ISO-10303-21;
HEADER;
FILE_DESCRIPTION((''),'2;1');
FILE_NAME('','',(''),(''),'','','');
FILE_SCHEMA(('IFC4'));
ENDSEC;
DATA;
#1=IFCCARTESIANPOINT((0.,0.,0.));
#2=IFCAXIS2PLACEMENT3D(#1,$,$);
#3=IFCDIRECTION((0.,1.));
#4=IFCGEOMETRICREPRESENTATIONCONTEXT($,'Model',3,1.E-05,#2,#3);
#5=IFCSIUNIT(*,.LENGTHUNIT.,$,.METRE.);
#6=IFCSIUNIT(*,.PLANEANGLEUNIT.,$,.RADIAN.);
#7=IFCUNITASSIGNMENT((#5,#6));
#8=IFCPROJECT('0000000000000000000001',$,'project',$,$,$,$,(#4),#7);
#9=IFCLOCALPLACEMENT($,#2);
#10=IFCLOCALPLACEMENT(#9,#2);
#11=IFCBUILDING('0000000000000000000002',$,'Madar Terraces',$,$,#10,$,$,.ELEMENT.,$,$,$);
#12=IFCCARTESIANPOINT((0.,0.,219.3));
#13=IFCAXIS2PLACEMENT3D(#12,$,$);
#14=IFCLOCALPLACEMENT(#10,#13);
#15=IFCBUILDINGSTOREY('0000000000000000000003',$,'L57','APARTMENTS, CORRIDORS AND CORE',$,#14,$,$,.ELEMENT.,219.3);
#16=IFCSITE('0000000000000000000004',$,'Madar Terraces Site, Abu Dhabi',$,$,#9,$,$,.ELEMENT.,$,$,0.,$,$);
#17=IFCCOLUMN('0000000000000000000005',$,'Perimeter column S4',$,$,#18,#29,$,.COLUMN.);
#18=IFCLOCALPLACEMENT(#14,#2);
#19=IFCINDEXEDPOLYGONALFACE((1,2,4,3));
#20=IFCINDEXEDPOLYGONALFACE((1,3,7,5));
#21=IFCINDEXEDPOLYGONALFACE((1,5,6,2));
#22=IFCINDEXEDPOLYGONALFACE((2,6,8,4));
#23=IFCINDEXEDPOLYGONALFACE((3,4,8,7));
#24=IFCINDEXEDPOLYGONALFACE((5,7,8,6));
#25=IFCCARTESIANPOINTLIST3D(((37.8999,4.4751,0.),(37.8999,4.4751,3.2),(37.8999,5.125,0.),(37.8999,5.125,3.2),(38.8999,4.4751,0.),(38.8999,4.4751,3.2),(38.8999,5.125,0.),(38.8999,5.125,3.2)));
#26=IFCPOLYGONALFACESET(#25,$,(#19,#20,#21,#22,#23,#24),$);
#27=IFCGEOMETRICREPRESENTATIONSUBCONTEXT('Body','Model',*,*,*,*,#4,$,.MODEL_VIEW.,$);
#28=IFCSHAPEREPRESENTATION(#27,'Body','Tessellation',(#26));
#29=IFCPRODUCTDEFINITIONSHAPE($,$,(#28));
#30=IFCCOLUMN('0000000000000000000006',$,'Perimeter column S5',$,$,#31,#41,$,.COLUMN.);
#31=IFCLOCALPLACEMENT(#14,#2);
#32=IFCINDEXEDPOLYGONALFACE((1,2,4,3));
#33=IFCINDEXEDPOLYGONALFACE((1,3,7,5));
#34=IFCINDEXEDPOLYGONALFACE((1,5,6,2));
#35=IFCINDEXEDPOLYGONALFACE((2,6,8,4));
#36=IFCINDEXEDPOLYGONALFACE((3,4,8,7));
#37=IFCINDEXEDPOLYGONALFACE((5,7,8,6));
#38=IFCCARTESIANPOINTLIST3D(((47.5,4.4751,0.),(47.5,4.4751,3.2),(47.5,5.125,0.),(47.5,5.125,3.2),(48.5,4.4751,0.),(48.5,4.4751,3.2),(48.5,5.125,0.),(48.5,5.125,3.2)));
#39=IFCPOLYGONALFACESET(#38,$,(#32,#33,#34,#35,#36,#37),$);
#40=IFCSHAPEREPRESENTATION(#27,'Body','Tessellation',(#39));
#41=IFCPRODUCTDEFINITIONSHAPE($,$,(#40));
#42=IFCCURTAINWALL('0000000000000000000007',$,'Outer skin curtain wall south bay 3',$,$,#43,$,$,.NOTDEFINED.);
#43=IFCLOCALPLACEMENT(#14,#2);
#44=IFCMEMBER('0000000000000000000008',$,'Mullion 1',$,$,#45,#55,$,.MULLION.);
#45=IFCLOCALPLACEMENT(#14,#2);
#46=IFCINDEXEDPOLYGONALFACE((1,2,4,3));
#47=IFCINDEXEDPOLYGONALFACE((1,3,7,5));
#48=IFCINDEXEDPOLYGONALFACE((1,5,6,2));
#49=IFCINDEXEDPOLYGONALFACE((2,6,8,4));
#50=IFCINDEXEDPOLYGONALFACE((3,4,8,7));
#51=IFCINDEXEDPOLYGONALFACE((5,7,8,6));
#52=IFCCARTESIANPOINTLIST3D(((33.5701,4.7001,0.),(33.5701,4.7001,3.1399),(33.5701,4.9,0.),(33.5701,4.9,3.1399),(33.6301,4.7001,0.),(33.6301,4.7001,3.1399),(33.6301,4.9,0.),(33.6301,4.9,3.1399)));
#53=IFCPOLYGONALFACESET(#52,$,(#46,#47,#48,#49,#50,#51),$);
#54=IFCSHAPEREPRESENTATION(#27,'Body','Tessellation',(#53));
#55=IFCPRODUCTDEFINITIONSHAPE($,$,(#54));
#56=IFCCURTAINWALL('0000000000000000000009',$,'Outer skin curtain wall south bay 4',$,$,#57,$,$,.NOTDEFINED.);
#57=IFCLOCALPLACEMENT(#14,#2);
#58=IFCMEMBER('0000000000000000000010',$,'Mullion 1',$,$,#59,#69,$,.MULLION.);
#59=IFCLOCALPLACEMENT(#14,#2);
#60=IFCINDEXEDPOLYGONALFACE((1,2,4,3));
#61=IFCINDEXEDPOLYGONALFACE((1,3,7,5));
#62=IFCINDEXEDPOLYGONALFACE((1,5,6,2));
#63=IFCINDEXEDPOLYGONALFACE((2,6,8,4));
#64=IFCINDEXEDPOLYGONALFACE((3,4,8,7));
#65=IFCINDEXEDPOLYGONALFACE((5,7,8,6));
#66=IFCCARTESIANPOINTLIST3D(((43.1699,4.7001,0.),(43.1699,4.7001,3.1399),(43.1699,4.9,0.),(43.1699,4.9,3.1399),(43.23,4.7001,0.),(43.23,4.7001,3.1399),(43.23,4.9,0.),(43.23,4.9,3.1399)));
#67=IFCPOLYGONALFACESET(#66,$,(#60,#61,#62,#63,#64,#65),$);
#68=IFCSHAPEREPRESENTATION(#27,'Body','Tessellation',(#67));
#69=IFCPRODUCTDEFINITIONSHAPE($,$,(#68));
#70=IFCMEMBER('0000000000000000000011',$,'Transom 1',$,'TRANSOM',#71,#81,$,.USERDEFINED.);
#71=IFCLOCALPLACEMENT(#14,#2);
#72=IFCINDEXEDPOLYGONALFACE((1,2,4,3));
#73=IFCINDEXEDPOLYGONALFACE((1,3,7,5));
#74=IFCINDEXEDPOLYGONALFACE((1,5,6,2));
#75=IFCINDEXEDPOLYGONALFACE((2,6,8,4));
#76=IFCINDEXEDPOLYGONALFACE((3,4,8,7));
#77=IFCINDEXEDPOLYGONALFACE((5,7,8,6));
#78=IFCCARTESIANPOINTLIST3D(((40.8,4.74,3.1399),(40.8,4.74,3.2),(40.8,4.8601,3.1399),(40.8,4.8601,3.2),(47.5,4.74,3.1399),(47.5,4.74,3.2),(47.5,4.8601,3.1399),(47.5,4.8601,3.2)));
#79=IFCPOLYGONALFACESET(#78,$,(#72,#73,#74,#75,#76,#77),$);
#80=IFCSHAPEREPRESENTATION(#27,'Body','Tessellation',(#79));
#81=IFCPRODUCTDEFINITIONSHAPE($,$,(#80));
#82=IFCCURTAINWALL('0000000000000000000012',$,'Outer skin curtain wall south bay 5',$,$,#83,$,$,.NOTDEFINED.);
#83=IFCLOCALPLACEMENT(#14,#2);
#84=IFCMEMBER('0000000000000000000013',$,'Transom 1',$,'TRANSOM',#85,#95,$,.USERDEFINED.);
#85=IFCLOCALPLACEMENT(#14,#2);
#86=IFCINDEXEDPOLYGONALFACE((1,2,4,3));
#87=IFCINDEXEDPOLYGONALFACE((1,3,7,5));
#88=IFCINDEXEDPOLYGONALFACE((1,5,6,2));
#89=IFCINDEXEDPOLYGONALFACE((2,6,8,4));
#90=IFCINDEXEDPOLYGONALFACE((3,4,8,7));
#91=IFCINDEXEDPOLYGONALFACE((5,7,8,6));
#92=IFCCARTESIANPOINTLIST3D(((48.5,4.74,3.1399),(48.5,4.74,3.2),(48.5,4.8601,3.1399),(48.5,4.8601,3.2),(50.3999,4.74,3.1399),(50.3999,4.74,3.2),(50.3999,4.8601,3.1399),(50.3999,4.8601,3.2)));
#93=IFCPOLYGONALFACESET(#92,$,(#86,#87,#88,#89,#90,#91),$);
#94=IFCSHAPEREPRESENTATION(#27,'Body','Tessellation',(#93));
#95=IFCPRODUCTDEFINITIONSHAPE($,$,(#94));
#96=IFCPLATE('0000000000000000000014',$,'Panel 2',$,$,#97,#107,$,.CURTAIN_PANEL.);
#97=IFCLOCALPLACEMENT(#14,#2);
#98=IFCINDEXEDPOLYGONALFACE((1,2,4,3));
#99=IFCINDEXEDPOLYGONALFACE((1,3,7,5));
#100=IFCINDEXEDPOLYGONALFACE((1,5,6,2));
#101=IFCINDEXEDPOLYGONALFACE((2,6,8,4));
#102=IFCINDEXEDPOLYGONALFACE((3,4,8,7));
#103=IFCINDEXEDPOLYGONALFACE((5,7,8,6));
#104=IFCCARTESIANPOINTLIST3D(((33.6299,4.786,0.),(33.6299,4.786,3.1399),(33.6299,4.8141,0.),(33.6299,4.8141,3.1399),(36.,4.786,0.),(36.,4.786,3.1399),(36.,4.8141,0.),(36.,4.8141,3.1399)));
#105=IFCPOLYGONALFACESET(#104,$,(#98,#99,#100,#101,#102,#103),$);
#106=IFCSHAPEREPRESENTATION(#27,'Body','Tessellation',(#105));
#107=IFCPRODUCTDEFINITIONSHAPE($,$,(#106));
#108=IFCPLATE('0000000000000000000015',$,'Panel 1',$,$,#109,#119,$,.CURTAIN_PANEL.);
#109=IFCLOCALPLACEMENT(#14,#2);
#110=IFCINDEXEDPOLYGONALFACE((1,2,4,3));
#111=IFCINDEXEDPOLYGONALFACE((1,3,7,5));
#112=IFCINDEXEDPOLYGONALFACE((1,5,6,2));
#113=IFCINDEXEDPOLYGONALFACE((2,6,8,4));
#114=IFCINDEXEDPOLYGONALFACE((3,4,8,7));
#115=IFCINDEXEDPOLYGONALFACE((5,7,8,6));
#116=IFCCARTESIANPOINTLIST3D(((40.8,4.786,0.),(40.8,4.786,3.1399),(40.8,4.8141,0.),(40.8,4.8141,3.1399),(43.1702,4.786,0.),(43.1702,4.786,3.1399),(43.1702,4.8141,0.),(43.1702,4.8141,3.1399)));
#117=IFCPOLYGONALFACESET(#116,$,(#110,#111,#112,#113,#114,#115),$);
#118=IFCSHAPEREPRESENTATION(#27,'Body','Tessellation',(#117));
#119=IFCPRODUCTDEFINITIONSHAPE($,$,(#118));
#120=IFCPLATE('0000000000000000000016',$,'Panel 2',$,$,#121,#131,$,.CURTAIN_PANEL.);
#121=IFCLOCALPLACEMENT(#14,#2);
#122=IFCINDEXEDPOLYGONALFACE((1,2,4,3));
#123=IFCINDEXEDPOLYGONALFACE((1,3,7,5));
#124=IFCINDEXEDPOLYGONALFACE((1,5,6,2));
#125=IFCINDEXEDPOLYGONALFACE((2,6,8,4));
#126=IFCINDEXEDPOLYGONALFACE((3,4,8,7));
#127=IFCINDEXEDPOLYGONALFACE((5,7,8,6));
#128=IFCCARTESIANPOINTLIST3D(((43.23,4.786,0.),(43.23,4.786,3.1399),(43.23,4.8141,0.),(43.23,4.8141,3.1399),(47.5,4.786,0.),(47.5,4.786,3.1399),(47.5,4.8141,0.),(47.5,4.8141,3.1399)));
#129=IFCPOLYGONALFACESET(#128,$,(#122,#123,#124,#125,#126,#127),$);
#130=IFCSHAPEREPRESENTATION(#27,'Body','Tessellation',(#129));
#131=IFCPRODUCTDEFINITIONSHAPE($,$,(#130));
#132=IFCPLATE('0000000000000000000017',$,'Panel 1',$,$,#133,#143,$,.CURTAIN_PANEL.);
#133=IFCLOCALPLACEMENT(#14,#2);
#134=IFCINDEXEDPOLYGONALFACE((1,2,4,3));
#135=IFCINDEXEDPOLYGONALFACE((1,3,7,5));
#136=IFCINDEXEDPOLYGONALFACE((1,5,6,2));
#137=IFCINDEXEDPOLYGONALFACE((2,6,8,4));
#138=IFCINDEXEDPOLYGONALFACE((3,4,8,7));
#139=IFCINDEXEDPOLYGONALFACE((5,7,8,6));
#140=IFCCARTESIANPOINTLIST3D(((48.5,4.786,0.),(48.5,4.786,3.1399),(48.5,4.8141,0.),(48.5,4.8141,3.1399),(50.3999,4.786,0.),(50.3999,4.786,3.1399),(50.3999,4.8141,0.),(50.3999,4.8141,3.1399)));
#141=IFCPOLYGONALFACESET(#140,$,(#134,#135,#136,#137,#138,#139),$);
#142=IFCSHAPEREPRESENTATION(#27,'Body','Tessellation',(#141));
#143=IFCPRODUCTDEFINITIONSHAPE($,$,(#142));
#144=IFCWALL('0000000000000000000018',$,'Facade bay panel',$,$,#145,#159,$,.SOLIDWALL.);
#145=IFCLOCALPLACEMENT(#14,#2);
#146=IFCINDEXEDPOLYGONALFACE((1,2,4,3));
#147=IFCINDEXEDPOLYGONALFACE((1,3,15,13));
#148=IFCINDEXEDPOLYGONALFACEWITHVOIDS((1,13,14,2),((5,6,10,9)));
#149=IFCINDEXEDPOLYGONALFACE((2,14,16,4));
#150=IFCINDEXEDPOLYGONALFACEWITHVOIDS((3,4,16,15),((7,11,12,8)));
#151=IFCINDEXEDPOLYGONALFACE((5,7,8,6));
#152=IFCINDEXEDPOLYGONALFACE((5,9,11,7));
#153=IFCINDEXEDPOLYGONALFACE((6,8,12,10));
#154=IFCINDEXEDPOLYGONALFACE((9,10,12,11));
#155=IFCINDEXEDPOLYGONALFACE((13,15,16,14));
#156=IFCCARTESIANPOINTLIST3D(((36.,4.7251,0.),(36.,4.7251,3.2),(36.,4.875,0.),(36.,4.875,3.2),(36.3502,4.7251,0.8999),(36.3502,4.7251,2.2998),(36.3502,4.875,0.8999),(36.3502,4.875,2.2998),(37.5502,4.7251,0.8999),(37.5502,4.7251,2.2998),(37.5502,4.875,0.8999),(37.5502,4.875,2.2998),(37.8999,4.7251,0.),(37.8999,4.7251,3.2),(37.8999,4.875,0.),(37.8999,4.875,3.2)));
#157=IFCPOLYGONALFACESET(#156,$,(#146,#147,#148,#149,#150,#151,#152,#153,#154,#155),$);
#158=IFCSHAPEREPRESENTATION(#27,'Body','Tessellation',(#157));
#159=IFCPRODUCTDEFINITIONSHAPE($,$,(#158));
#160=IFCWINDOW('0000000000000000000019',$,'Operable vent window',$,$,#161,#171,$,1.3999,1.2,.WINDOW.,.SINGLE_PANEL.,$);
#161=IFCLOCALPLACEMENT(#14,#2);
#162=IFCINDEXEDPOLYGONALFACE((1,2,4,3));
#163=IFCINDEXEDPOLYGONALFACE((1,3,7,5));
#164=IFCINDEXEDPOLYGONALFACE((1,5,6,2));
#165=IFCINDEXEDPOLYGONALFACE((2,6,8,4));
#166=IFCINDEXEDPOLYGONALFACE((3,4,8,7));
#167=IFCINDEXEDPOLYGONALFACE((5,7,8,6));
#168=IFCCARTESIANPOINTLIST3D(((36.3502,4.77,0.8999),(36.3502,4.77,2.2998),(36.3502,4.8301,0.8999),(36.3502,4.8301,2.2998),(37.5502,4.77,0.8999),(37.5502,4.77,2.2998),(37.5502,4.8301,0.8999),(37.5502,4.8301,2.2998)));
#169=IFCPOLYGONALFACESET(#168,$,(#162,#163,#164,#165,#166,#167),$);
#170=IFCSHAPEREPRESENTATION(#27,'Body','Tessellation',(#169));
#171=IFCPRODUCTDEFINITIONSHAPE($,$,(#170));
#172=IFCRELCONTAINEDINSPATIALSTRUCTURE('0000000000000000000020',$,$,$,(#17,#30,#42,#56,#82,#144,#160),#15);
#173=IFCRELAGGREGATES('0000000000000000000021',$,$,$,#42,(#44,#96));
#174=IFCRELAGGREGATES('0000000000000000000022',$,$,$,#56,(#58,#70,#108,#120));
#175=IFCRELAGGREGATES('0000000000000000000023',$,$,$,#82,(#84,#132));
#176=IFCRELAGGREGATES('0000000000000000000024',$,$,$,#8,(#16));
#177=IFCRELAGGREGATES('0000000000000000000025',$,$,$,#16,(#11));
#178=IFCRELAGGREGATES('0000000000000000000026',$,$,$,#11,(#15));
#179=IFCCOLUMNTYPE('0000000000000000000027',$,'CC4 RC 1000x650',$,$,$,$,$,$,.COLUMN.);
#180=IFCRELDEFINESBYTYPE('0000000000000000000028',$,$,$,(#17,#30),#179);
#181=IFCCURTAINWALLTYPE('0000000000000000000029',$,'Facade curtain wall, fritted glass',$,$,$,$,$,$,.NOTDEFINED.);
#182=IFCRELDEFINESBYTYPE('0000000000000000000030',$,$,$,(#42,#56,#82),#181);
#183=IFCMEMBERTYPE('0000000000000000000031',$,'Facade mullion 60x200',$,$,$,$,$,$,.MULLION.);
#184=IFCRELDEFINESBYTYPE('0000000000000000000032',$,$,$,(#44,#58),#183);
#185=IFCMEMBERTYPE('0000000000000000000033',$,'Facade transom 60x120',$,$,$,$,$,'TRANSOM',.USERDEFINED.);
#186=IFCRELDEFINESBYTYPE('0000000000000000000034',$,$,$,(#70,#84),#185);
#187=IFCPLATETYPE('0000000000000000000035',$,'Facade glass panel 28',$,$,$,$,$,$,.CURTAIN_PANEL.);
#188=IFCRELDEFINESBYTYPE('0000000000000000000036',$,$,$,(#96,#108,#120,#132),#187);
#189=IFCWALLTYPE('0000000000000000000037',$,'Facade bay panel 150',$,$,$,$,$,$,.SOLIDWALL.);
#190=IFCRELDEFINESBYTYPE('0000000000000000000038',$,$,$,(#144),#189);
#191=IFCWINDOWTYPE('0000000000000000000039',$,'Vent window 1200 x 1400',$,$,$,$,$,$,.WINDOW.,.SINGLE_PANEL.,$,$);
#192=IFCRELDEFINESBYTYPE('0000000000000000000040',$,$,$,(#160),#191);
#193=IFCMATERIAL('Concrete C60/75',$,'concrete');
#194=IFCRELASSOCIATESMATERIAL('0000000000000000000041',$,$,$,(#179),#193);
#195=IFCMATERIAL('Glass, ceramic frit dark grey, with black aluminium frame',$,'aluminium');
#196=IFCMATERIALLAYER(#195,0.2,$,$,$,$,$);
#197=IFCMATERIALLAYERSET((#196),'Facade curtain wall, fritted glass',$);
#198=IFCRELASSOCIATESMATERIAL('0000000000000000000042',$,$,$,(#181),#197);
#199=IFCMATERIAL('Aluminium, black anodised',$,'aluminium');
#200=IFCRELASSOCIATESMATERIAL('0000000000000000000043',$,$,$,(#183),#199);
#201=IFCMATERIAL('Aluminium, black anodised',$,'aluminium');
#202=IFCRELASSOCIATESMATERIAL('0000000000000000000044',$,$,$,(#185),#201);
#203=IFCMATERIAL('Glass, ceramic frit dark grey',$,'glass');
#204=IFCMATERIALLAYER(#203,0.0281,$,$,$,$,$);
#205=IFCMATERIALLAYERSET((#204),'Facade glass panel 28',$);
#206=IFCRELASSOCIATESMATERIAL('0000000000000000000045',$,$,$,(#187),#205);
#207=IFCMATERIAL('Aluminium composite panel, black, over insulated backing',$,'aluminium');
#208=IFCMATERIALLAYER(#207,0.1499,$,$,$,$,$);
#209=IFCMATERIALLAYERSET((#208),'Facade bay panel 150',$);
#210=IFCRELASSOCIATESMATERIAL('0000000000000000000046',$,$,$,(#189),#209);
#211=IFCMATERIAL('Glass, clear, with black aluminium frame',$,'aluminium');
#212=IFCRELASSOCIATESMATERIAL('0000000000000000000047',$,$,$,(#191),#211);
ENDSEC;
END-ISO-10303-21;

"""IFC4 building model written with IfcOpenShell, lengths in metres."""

from ifc_helpers import new_model, si_unit, direction, frame, frame_2d, origin, origin_2d, place, context, subcontext, project, spatial, rectangle, extrude, material, layer, layer_set, material_profile, profile_set, type_object, element, fill, aggregate, save


model = new_model("IFC4")

# Units and contexts
model_context = context("Model", 3, precision=1e-05, world=origin(), true_north=direction((0.0, 1.0)))
body_context = subcontext(model_context, "Body", "Model", "MODEL_VIEW")
ifc_project = project(units=[si_unit("LENGTHUNIT", "METRE"), si_unit("PLANEANGLEUNIT", "RADIAN")], contexts=[model_context])

# Site, building, storey
site_placement = place(None, origin())
site = spatial("IfcSite", under=ifc_project, at=site_placement, Name="Madar Terraces Site, Abu Dhabi", CompositionType="ELEMENT", RefElevation=0.0)
building_placement = place(site_placement, origin())
building = spatial("IfcBuilding", under=site, at=building_placement, Name="Madar Terraces", CompositionType="ELEMENT")
storey_placement = place(building_placement, frame((0.0, 0.0, 219.3)))
storey = spatial("IfcBuildingStorey", under=building, at=storey_placement, Name="L57", Description="APARTMENTS, CORRIDORS AND CORE", CompositionType="ELEMENT", Elevation=219.3)

# Columns
ifc_material_1 = material(Name="Concrete C60/75", Category="concrete")
ifc_material_profile_1 = material_profile(ifc_material_1, rectangle(XDim=1.0, YDim=0.6499, at=origin_2d()), Name="CC4 RC 1000x650")
ifc_profile_set_1 = profile_set([ifc_material_profile_1], Name="Concrete C60/75")
column_type = type_object("IfcColumnType", Name="CC4 RC 1000x650", PredefinedType="COLUMN", material=ifc_profile_set_1)
for number, where, z_axis, x_axis, name in (
    (1, (38.3999, 4.8, 0.0), (0.0, 0.0, 1.0), (1.0, 0.0, 0.0), "Perimeter column S4"),
    (2, (48.0, 4.8, 0.0), (0.0, 0.0, 1.0), (1.0, 0.0, 0.0), "Perimeter column S5"),
):
    element("IfcColumn", number, at=place(storey_placement, frame(where, z_axis=z_axis, x_axis=x_axis)), inside=storey, type_object=column_type, Name=name, PredefinedType="COLUMN", context=body_context, shape_type="SweptSolid", body=[
        extrude(rectangle(XDim=1.0, YDim=0.6499, at=origin_2d()), origin(), (0.0, 0.0, 1.0), 3.2),
    ])

# Curtain wall, member
ifc_material_2 = material(Name="Glass, ceramic frit dark grey, with black aluminium frame", Category="aluminium")
ifc_layer_1 = layer(ifc_material_2, 0.2)
ifc_layer_set_1 = layer_set([ifc_layer_1], Name="Facade curtain wall, fritted glass")
curtain_wall_type = type_object("IfcCurtainWallType", Name="Facade curtain wall, fritted glass", PredefinedType="NOTDEFINED", material=ifc_layer_set_1)
curtain_wall_1_placement = place(storey_placement, origin())
curtain_wall_1 = element("IfcCurtainWall", 3, at=curtain_wall_1_placement, inside=storey, type_object=curtain_wall_type, Name="Outer skin curtain wall south bay 3", PredefinedType="NOTDEFINED")
ifc_material_3 = material(Name="Aluminium, black anodised", Category="aluminium")
ifc_material_profile_2 = material_profile(ifc_material_3, rectangle(XDim=0.2, YDim=0.0601, at=origin_2d()), Name="Facade mullion 60x200")
ifc_profile_set_2 = profile_set([ifc_material_profile_2], Name="Aluminium, black anodised")
member_type_1 = type_object("IfcMemberType", Name="Facade mullion 60x200", PredefinedType="MULLION", material=ifc_profile_set_2)
member_1_placement = place(storey_placement, frame((33.6001, 4.8, 0.0), z_axis=(0.0, 0.0, 1.0), x_axis=(0.0, 1.0, 0.0)))
member_1 = element("IfcMember", 4, at=member_1_placement, type_object=member_type_1, Name="Mullion 1", PredefinedType="MULLION", context=body_context, shape_type="SweptSolid", body=[
    extrude(rectangle(XDim=0.2, YDim=0.0601, at=origin_2d()), origin(), (0.0, 0.0, 1.0), 3.1399),
])

# Curtain wall, members
curtain_wall_2_placement = place(storey_placement, origin())
curtain_wall_2 = element("IfcCurtainWall", 5, at=curtain_wall_2_placement, inside=storey, type_object=curtain_wall_type, Name="Outer skin curtain wall south bay 4", PredefinedType="NOTDEFINED")
member_2_placement = place(storey_placement, frame((43.2, 4.8, 0.0), z_axis=(0.0, 0.0, 1.0), x_axis=(0.0, 1.0, 0.0)))
member_2 = element("IfcMember", 6, at=member_2_placement, type_object=member_type_1, Name="Mullion 1", PredefinedType="MULLION", context=body_context, shape_type="SweptSolid", body=[
    extrude(rectangle(XDim=0.2, YDim=0.0601, at=origin_2d()), origin(), (0.0, 0.0, 1.0), 3.1399),
])
ifc_material_4 = material(Name="Aluminium, black anodised", Category="aluminium")
ifc_material_profile_3 = material_profile(ifc_material_4, rectangle(XDim=0.1201, YDim=0.0601, at=origin_2d()), Name="Facade transom 60x120")
ifc_profile_set_3 = profile_set([ifc_material_profile_3], Name="Aluminium, black anodised")
member_type_2 = type_object("IfcMemberType", Name="Facade transom 60x120", ElementType="TRANSOM", PredefinedType="USERDEFINED", material=ifc_profile_set_3)
member_3_placement = place(storey_placement, frame((40.8, 4.8, 3.1699), z_axis=(1.0, 0.0, 0.0), x_axis=(0.0, 1.0, 0.0)))
member_3 = element("IfcMember", 7, at=member_3_placement, type_object=member_type_2, Name="Transom 1", ObjectType="TRANSOM", PredefinedType="USERDEFINED", context=body_context, shape_type="SweptSolid", body=[
    extrude(rectangle(XDim=0.1201, YDim=0.0601, at=origin_2d()), origin(), (0.0, 0.0, 1.0), 6.7),
])

# Curtain wall, member
curtain_wall_3_placement = place(storey_placement, origin())
curtain_wall_3 = element("IfcCurtainWall", 8, at=curtain_wall_3_placement, inside=storey, type_object=curtain_wall_type, Name="Outer skin curtain wall south bay 5", PredefinedType="NOTDEFINED")
member_4_placement = place(storey_placement, frame((48.5, 4.8, 3.1699), z_axis=(1.0, 0.0, 0.0), x_axis=(0.0, 1.0, 0.0)))
member_4 = element("IfcMember", 9, at=member_4_placement, type_object=member_type_2, Name="Transom 1", ObjectType="TRANSOM", PredefinedType="USERDEFINED", context=body_context, shape_type="SweptSolid", body=[
    extrude(rectangle(XDim=0.1201, YDim=0.0601, at=origin_2d()), origin(), (0.0, 0.0, 1.0), 1.8999),
])

# Plates
ifc_material_5 = material(Name="Glass, ceramic frit dark grey", Category="glass")
ifc_layer_2 = layer(ifc_material_5, 0.0281)
ifc_layer_set_2 = layer_set([ifc_layer_2], Name="Facade glass panel 28")
plate_type = type_object("IfcPlateType", Name="Facade glass panel 28", PredefinedType="CURTAIN_PANEL", material=ifc_layer_set_2)
plate_1_placement = place(storey_placement, frame((34.8149, 4.8, 0.0), z_axis=(0.0, 0.0, 1.0), x_axis=(1.0, 0.0, 0.0)))
plate_1 = element("IfcPlate", 10, at=plate_1_placement, type_object=plate_type, Name="Panel 2", PredefinedType="CURTAIN_PANEL", context=body_context, shape_type="SweptSolid", body=[
    extrude(rectangle(XDim=2.3701, YDim=0.0281, at=origin_2d()), origin(), (0.0, 0.0, 1.0), 3.1399),
])
aggregate(curtain_wall_1, [member_1, plate_1])
plate_2_placement = place(storey_placement, frame((41.9851, 4.8, 0.0), z_axis=(0.0, 0.0, 1.0), x_axis=(1.0, 0.0, 0.0)))
plate_2 = element("IfcPlate", 11, at=plate_2_placement, type_object=plate_type, Name="Panel 1", PredefinedType="CURTAIN_PANEL", context=body_context, shape_type="SweptSolid", body=[
    extrude(rectangle(XDim=2.3701, YDim=0.0281, at=origin_2d()), origin(), (0.0, 0.0, 1.0), 3.1399),
])
plate_3_placement = place(storey_placement, frame((45.365, 4.8, 0.0), z_axis=(0.0, 0.0, 1.0), x_axis=(1.0, 0.0, 0.0)))
plate_3 = element("IfcPlate", 12, at=plate_3_placement, type_object=plate_type, Name="Panel 2", PredefinedType="CURTAIN_PANEL", context=body_context, shape_type="SweptSolid", body=[
    extrude(rectangle(XDim=4.27, YDim=0.0281, at=origin_2d()), origin(), (0.0, 0.0, 1.0), 3.1399),
])
aggregate(curtain_wall_2, [member_2, member_3, plate_2, plate_3])
plate_4_placement = place(storey_placement, frame((49.45, 4.8, 0.0), z_axis=(0.0, 0.0, 1.0), x_axis=(1.0, 0.0, 0.0)))
plate_4 = element("IfcPlate", 13, at=plate_4_placement, type_object=plate_type, Name="Panel 1", PredefinedType="CURTAIN_PANEL", context=body_context, shape_type="SweptSolid", body=[
    extrude(rectangle(XDim=1.8999, YDim=0.0281, at=origin_2d()), origin(), (0.0, 0.0, 1.0), 3.1399),
])
aggregate(curtain_wall_3, [member_4, plate_4])

# Wall, opening, window
ifc_material_6 = material(Name="Aluminium composite panel, black, over insulated backing", Category="aluminium")
ifc_layer_3 = layer(ifc_material_6, 0.1499)
ifc_layer_set_3 = layer_set([ifc_layer_3], Name="Facade bay panel 150")
wall_type_1 = type_object("IfcWallType", Name="Facade bay panel 150", PredefinedType="SOLIDWALL", material=ifc_layer_set_3)
wall_1_placement = place(storey_placement, frame((36.0, 4.8, 0.0), z_axis=(0.0, 0.0, 1.0), x_axis=(1.0, 0.0, 0.0)))
wall_1 = element("IfcWall", 14, at=wall_1_placement, inside=storey, type_object=wall_type_1, Name="Facade bay panel", PredefinedType="SOLIDWALL", context=body_context, shape_type="SweptSolid", body=[
    extrude(rectangle(XDim=1.8999, YDim=0.1499, at=frame_2d((0.95, 0.0))), origin(), (0.0, 0.0, 1.0), 3.2),
])
opening_1_placement = place(wall_1_placement, frame((0.3501, 0.0, 0.8999)))
opening_1 = element("IfcOpeningElement", 15, at=opening_1_placement, cuts=wall_1, PredefinedType="OPENING", context=body_context, shape_type="SweptSolid", body=[
    extrude(rectangle(XDim=1.2, YDim=1.3999, at=frame_2d((0.6001, 0.7))), frame((0.0, 0.085, 0.0), z_axis=(0.0, -1.0, 0.0), x_axis=(1.0, 0.0, 0.0)), (0.0, 0.0, 1.0), 0.1699),
])
ifc_material_7 = material(Name="Glass, clear, with black aluminium frame", Category="aluminium")
window_type = type_object("IfcWindowType", Name="Vent window 1200 x 1400", PartitioningType="SINGLE_PANEL", PredefinedType="WINDOW", material=ifc_material_7)
window_1_placement = place(opening_1_placement, origin())
window_1 = element("IfcWindow", 16, at=window_1_placement, inside=storey, type_object=window_type, Name="Operable vent window", OverallHeight=1.3999, OverallWidth=1.2, PartitioningType="SINGLE_PANEL", PredefinedType="WINDOW", context=body_context, shape_type="SweptSolid", body=[
    extrude(rectangle(XDim=1.2, YDim=1.3999, at=frame_2d((0.6001, 0.7))), frame((0.0, 0.03, 0.0), z_axis=(0.0, -1.0, 0.0), x_axis=(1.0, 0.0, 0.0)), (0.0, 0.0, 1.0), 0.0601),
])
fill(opening_1, window_1)

save(model, "model.ifc")
